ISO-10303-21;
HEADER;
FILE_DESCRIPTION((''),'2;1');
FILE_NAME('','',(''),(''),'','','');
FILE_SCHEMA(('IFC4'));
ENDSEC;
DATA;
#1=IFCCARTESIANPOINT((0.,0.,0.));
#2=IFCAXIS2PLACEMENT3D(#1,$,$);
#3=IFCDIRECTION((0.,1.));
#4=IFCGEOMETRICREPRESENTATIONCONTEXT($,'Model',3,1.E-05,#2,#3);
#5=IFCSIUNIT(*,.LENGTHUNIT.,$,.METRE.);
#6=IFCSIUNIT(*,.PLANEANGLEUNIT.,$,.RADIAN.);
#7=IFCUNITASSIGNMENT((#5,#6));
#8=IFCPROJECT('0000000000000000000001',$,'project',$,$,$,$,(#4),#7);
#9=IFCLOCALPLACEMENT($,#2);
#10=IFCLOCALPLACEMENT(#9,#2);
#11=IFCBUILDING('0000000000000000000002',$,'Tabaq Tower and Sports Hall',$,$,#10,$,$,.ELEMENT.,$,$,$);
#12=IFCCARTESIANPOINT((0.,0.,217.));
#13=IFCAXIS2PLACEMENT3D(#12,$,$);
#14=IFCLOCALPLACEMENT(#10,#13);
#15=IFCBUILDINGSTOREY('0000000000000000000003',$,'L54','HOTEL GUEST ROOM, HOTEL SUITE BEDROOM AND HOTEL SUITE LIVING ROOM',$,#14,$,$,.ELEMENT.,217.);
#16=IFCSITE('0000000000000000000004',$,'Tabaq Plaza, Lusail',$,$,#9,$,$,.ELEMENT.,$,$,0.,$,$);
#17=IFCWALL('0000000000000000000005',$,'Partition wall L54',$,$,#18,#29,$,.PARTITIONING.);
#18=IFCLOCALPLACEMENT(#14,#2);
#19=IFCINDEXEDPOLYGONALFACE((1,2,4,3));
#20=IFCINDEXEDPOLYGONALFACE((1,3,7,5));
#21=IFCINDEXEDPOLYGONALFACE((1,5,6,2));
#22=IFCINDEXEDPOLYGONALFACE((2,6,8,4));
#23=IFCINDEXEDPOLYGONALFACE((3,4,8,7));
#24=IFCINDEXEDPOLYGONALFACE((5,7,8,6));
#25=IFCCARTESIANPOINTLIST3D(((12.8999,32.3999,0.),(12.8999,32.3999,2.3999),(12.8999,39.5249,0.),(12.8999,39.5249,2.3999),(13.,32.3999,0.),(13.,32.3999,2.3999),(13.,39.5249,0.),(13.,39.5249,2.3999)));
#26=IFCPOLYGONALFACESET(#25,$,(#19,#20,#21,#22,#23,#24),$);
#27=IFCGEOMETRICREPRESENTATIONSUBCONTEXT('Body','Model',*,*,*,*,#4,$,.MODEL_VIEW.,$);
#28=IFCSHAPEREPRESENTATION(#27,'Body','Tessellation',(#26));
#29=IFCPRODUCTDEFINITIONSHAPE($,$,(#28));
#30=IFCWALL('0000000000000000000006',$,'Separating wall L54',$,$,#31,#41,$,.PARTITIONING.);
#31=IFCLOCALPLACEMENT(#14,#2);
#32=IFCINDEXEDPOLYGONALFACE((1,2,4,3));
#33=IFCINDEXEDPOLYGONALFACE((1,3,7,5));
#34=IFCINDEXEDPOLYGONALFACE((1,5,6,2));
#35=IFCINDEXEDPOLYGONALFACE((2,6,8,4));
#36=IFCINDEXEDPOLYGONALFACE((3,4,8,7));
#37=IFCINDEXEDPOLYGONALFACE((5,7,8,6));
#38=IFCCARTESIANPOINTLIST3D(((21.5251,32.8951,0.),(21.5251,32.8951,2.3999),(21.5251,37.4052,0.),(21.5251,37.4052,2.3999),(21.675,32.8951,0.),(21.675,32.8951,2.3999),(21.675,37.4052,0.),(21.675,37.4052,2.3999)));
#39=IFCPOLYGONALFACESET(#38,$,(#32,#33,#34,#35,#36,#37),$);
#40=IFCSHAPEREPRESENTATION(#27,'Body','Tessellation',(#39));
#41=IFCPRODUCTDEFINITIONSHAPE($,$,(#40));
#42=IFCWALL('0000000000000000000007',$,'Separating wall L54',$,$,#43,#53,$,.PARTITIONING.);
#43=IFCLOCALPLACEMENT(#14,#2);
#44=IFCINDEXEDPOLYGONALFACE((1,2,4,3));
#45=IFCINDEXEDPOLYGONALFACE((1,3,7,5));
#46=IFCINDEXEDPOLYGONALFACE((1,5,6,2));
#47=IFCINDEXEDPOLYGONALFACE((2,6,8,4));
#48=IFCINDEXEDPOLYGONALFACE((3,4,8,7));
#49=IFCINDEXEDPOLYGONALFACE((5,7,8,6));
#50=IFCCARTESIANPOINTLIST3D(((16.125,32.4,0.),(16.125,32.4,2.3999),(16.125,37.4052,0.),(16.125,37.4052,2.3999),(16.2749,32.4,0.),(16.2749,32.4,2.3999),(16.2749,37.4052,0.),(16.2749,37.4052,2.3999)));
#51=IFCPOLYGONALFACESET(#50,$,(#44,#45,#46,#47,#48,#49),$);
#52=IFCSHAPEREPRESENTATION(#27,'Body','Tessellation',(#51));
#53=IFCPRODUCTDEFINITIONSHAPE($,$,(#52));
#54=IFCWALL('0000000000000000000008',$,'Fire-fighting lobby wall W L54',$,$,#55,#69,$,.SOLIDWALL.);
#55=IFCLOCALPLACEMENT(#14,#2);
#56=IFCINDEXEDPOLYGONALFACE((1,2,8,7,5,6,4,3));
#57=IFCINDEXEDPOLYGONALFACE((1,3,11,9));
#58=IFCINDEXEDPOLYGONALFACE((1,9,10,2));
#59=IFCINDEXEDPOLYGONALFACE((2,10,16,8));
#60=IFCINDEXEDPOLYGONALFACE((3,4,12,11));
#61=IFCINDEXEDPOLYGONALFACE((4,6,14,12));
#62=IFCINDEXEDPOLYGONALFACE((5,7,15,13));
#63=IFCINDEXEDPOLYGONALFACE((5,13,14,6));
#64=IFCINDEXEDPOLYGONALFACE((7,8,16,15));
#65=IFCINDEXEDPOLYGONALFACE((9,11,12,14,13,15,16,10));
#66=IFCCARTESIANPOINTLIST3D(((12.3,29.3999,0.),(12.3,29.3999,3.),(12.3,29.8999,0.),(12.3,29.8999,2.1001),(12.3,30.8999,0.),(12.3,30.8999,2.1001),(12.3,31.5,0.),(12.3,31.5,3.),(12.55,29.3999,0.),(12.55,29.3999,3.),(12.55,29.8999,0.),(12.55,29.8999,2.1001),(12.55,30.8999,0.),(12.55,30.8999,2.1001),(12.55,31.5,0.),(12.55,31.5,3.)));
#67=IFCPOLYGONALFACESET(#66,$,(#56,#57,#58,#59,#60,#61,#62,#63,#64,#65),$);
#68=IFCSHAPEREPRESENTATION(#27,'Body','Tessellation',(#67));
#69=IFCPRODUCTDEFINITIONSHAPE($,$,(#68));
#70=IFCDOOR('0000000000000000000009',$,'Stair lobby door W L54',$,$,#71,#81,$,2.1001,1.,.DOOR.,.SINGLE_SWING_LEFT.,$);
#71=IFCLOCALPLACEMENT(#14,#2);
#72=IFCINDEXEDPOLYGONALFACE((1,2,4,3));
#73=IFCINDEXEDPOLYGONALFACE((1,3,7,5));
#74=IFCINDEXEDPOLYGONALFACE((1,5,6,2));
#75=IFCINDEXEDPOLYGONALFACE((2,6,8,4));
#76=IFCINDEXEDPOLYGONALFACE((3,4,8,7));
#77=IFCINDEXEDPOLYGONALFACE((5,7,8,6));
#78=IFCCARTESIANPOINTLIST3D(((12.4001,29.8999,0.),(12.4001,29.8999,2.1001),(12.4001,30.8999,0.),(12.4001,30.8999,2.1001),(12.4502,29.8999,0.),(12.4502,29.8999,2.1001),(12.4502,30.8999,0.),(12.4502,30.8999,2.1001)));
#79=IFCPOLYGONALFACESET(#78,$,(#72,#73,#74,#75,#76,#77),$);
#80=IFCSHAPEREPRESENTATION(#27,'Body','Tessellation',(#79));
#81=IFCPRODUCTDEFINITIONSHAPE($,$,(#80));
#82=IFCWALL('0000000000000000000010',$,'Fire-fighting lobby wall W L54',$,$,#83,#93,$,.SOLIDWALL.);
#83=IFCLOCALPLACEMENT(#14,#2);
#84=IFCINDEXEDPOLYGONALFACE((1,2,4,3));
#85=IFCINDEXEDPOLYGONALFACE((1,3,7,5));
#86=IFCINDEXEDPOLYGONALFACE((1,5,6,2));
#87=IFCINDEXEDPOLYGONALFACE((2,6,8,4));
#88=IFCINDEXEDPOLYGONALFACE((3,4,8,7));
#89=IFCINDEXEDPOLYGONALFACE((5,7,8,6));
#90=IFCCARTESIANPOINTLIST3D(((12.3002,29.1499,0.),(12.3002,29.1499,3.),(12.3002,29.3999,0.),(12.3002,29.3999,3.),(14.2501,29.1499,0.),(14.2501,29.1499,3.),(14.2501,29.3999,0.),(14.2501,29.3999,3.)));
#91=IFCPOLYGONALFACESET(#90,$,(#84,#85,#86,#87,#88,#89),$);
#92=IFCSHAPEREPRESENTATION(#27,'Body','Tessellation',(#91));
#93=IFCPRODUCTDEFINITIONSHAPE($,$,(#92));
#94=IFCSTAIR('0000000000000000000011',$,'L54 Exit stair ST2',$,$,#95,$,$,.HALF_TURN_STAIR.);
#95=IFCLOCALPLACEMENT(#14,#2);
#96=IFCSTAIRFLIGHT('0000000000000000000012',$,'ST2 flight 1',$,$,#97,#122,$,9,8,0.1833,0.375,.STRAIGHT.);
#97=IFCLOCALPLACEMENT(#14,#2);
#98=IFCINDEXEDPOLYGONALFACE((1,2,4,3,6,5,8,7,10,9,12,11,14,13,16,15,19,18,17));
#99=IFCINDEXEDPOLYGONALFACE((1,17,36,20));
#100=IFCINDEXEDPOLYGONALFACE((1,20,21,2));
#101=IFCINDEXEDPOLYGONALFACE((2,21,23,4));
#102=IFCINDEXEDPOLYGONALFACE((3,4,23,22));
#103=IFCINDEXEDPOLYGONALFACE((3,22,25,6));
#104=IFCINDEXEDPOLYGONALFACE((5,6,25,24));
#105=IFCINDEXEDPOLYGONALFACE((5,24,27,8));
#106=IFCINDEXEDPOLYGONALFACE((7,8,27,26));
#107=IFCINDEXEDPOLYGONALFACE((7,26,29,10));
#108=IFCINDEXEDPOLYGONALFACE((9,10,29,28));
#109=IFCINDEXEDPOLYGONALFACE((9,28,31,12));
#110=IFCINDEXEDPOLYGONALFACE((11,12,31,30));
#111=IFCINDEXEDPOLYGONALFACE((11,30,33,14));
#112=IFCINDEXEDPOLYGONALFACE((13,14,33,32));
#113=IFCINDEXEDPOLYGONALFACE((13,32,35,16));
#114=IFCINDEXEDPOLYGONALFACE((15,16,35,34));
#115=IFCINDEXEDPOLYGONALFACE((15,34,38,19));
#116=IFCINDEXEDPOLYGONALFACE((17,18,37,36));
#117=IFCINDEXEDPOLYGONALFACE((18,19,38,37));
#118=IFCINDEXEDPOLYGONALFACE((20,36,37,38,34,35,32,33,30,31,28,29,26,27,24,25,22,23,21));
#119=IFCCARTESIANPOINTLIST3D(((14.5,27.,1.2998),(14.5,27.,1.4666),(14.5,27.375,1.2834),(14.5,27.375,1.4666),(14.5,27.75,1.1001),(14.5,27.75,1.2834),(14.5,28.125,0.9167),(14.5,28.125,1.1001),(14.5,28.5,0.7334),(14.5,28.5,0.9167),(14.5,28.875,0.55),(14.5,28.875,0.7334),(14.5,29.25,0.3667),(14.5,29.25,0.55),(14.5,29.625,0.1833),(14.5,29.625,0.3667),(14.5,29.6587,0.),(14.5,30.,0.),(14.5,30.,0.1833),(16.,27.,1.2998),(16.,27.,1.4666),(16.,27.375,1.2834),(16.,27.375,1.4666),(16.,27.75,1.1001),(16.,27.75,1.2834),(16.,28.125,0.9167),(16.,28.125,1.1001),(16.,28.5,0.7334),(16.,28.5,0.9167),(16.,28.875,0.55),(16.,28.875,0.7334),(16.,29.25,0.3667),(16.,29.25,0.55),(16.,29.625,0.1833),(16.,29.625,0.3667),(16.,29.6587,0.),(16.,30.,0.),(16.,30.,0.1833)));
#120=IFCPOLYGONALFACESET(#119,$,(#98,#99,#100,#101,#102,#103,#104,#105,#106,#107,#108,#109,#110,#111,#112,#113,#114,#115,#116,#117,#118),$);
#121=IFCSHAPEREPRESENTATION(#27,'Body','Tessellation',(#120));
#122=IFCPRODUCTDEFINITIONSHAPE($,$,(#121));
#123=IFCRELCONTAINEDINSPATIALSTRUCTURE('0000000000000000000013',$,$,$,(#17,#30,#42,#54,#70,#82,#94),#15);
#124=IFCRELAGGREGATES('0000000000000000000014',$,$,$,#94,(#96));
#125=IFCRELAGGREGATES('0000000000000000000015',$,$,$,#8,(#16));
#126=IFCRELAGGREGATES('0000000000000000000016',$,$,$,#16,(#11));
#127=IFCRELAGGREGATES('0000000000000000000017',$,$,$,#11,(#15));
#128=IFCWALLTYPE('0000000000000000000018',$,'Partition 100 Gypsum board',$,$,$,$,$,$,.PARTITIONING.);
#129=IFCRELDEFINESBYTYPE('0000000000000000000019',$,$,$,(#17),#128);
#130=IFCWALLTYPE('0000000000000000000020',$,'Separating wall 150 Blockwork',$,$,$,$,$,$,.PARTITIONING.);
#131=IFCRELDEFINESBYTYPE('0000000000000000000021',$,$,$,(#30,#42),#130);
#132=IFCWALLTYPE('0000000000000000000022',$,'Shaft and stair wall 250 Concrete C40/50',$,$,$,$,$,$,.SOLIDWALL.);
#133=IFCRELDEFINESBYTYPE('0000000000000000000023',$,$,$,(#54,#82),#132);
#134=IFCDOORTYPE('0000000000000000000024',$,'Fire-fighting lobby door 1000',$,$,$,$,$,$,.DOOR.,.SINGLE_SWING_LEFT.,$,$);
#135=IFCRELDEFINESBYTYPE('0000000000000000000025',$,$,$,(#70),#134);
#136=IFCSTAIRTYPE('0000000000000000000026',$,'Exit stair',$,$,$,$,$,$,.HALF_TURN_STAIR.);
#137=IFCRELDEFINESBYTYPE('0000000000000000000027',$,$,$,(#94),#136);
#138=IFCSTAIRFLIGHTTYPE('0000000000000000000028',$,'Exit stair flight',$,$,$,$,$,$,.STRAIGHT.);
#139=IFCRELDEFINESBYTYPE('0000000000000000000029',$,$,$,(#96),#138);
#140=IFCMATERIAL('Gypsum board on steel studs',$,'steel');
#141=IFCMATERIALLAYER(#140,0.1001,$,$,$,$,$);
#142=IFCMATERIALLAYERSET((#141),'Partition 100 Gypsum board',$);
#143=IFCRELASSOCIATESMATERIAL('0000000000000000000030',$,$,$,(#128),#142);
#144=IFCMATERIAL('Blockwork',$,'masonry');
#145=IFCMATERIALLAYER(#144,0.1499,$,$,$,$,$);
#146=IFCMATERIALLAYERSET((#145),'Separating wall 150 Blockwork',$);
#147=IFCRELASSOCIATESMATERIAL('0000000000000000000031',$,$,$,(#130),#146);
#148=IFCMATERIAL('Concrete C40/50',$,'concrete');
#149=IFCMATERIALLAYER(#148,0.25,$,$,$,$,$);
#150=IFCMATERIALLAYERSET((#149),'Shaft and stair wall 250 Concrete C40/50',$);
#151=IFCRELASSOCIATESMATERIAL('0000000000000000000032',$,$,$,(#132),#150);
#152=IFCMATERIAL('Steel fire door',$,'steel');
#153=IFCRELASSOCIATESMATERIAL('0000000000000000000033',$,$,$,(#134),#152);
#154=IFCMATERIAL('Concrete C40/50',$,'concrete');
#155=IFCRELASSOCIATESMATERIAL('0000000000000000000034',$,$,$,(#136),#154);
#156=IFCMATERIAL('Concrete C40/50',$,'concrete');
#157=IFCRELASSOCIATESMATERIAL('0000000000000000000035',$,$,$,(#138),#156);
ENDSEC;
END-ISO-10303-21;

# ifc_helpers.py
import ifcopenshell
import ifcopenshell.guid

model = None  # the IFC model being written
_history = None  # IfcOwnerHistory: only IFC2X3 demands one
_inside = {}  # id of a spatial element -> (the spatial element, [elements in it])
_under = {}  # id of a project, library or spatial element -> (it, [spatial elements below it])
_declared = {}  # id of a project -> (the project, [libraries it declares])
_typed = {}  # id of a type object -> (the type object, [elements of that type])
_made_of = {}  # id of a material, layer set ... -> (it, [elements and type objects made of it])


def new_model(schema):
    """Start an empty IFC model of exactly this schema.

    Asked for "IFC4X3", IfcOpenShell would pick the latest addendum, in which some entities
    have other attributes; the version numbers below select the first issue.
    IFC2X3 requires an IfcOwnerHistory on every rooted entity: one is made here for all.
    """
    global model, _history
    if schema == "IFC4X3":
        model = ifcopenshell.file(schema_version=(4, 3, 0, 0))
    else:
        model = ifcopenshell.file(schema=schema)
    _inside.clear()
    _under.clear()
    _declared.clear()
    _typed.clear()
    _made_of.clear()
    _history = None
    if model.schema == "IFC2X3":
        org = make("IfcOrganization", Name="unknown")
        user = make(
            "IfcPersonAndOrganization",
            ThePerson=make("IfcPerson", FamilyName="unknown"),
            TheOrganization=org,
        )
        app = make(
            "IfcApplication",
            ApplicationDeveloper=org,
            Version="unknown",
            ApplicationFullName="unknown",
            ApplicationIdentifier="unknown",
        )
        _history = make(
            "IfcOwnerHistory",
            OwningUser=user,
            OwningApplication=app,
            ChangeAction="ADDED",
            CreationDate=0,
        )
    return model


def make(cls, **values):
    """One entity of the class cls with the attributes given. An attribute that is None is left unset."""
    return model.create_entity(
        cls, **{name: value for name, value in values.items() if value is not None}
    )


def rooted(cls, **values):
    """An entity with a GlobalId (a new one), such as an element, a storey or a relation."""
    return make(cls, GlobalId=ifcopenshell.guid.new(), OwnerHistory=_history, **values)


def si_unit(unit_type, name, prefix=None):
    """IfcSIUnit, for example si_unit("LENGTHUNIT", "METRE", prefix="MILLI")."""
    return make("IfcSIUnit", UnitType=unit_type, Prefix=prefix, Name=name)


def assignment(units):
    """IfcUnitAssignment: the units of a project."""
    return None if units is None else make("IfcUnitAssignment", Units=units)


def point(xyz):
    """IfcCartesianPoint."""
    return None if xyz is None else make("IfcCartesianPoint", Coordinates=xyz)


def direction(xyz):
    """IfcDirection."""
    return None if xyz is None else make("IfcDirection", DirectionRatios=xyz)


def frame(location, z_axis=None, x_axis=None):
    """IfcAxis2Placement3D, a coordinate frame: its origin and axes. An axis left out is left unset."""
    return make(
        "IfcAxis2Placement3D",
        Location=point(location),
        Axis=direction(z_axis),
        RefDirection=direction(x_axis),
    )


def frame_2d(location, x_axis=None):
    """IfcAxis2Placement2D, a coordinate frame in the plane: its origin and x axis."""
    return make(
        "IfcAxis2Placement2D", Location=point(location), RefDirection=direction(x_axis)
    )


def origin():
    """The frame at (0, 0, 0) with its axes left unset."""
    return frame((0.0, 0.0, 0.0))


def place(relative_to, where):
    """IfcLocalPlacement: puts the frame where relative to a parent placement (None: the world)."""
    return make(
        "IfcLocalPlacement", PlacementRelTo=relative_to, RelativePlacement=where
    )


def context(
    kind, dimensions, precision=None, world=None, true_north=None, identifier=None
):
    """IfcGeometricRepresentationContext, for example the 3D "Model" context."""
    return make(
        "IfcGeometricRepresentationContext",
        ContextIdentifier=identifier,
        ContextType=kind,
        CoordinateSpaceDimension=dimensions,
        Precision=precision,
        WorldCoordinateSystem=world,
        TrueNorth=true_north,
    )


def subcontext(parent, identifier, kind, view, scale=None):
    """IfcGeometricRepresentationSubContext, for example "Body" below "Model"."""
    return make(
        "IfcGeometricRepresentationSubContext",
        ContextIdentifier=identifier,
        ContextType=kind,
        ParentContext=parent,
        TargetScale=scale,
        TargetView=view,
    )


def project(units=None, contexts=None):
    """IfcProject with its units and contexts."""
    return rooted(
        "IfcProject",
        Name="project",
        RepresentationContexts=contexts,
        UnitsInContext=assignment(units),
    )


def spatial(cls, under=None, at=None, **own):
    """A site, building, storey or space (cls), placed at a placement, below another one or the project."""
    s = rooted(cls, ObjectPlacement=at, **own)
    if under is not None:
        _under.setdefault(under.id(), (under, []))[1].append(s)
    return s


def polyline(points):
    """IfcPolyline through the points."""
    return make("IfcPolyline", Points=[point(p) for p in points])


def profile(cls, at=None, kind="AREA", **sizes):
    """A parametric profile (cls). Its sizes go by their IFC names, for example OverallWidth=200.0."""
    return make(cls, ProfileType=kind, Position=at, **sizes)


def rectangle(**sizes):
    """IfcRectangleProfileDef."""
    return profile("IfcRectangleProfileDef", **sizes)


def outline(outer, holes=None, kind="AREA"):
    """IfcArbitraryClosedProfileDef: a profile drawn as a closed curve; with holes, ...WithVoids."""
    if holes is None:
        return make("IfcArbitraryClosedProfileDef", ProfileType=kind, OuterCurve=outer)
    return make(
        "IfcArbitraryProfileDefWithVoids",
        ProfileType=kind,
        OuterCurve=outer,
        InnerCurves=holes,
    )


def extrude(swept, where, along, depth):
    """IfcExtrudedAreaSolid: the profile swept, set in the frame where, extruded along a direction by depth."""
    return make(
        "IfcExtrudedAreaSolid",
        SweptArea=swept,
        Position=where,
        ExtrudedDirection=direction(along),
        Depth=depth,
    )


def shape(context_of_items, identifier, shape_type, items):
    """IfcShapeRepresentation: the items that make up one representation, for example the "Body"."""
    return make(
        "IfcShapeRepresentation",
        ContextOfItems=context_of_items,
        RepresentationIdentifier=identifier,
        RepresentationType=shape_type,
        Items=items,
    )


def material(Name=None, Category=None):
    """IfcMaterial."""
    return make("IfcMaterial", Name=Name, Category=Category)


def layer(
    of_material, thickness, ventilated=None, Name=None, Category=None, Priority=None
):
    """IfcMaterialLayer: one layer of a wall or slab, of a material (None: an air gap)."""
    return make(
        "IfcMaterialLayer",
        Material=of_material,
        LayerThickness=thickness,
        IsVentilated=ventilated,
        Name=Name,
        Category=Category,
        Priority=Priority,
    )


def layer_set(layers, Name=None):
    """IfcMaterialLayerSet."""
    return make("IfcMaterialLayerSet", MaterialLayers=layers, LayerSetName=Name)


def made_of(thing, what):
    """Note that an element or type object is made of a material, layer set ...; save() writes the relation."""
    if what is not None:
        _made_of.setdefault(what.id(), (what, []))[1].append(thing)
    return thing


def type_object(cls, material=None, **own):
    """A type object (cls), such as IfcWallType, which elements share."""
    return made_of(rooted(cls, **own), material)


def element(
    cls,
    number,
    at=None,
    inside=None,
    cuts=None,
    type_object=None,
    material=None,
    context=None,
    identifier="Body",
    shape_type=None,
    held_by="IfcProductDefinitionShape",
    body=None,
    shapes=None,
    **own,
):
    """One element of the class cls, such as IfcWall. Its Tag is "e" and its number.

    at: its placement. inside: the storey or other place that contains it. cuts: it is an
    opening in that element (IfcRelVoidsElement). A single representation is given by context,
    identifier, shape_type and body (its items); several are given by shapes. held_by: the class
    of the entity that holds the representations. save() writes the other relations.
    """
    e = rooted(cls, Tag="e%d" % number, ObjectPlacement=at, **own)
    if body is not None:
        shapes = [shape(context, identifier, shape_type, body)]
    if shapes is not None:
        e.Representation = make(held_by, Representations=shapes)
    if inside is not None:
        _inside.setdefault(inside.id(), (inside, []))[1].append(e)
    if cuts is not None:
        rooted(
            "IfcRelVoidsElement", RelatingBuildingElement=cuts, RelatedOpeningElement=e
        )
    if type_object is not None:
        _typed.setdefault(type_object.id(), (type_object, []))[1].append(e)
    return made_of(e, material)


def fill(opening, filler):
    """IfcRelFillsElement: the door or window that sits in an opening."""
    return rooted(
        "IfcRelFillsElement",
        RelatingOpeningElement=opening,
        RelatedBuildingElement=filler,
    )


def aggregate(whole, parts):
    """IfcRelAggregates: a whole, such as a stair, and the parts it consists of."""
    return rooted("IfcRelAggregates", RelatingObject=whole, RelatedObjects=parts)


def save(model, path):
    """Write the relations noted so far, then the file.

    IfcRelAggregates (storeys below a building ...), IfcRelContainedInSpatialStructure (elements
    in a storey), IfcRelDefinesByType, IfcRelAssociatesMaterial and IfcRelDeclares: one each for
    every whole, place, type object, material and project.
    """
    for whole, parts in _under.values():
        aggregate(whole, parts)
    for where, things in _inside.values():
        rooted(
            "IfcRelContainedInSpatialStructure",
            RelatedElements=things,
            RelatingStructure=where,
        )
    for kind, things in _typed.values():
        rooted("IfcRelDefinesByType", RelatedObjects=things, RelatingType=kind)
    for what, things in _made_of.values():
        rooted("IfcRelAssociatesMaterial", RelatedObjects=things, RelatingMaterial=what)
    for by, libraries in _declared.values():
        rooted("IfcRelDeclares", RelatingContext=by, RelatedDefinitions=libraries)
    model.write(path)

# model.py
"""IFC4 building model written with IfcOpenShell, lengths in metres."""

from ifc_helpers import new_model, si_unit, direction, frame, frame_2d, origin, place, context, subcontext, project, spatial, polyline, rectangle, outline, extrude, material, layer, layer_set, type_object, element, fill, aggregate, save


model = new_model("IFC4")

# Units and contexts
model_context = context("Model", 3, precision=1e-05, world=origin(), true_north=direction((0.0, 1.0)))
body_context = subcontext(model_context, "Body", "Model", "MODEL_VIEW")
ifc_project = project(units=[si_unit("LENGTHUNIT", "METRE"), si_unit("PLANEANGLEUNIT", "RADIAN")], contexts=[model_context])

# Site, building, storey
site_placement = place(None, origin())
site = spatial("IfcSite", under=ifc_project, at=site_placement, Name="Tabaq Plaza, Lusail", CompositionType="ELEMENT", RefElevation=0.0)
building_placement = place(site_placement, origin())
building = spatial("IfcBuilding", under=site, at=building_placement, Name="Tabaq Tower and Sports Hall", CompositionType="ELEMENT")
storey_placement = place(building_placement, frame((0.0, 0.0, 217.0)))
storey = spatial("IfcBuildingStorey", under=building, at=storey_placement, Name="L54", Description="HOTEL GUEST ROOM, HOTEL SUITE BEDROOM AND HOTEL SUITE LIVING ROOM", CompositionType="ELEMENT", Elevation=217.0)

# Shared definitions
ifc_material_1 = material(Name="Gypsum board on steel studs", Category="steel")
ifc_layer_1 = layer(ifc_material_1, 0.1001)
ifc_layer_set_1 = layer_set([ifc_layer_1], Name="Partition 100 Gypsum board")
wall_type_1 = type_object("IfcWallType", Name="Partition 100 Gypsum board", PredefinedType="PARTITIONING", material=ifc_layer_set_1)

# Walls
wall_1_placement = place(storey_placement, frame((12.95, 32.3999, 0.0), z_axis=(0.0, 0.0, 1.0), x_axis=(0.0, 1.0, 0.0)))
element("IfcWall", 1, at=wall_1_placement, inside=storey, type_object=wall_type_1, Name="Partition wall L54", PredefinedType="PARTITIONING", context=body_context, shape_type="SweptSolid", body=[
    extrude(rectangle(XDim=7.125, YDim=0.1001, at=frame_2d((3.5625, 0.0))), origin(), (0.0, 0.0, 1.0), 2.3999),
])
ifc_material_2 = material(Name="Blockwork", Category="masonry")
ifc_layer_2 = layer(ifc_material_2, 0.1499)
ifc_layer_set_2 = layer_set([ifc_layer_2], Name="Separating wall 150 Blockwork")
wall_type_2 = type_object("IfcWallType", Name="Separating wall 150 Blockwork", PredefinedType="PARTITIONING", material=ifc_layer_set_2)
wall_2_placement = place(storey_placement, frame((21.6001, 37.405, 0.0), z_axis=(0.0, 0.0, 1.0), x_axis=(0.0, -1.0, 0.0)))
element("IfcWall", 2, at=wall_2_placement, inside=storey, type_object=wall_type_2, Name="Separating wall L54", PredefinedType="PARTITIONING", context=body_context, shape_type="SweptSolid", body=[
    extrude(rectangle(XDim=4.51, YDim=0.1499, at=frame_2d((2.2549, 0.0))), origin(), (0.0, 0.0, 1.0), 2.3999),
])
wall_3_placement = place(storey_placement, frame((16.2, 37.405, 0.0), z_axis=(0.0, 0.0, 1.0), x_axis=(0.0, -1.0, 0.0)))
element("IfcWall", 3, at=wall_3_placement, inside=storey, type_object=wall_type_2, Name="Separating wall L54", PredefinedType="PARTITIONING", context=body_context, shape_type="SweptSolid", body=[
    extrude(rectangle(XDim=5.0051, YDim=0.1499, at=frame_2d((2.5024, 0.0))), origin(), (0.0, 0.0, 1.0), 2.3999),
])

# Wall, opening, door
ifc_material_3 = material(Name="Concrete C40/50", Category="concrete")
ifc_layer_3 = layer(ifc_material_3, 0.25)
ifc_layer_set_3 = layer_set([ifc_layer_3], Name="Shaft and stair wall 250 Concrete C40/50")
wall_type_3 = type_object("IfcWallType", Name="Shaft and stair wall 250 Concrete C40/50", PredefinedType="SOLIDWALL", material=ifc_layer_set_3)
wall_4_placement = place(storey_placement, frame((12.425, 29.3999, 0.0), z_axis=(0.0, 0.0, 1.0), x_axis=(0.0, 1.0, 0.0)))
wall_4 = element("IfcWall", 4, at=wall_4_placement, inside=storey, type_object=wall_type_3, Name="Fire-fighting lobby wall W L54", PredefinedType="SOLIDWALL", context=body_context, shape_type="SweptSolid", body=[
    extrude(rectangle(XDim=2.1001, YDim=0.25, at=frame_2d((1.05, 0.0))), origin(), (0.0, 0.0, 1.0), 3.0),
])
opening_1_placement = place(wall_4_placement, frame((0.5, 0.0, 0.0)))
opening_1 = element("IfcOpeningElement", 5, at=opening_1_placement, cuts=wall_4, PredefinedType="OPENING", context=body_context, shape_type="SweptSolid", body=[
    extrude(rectangle(XDim=1.0, YDim=2.1001, at=frame_2d((0.5, 1.05))), frame((0.0, 0.125, 0.0), z_axis=(0.0, -1.0, 0.0), x_axis=(1.0, 0.0, 0.0)), (0.0, 0.0, 1.0), 0.25),
])
ifc_material_4 = material(Name="Steel fire door", Category="steel")
door_type_1 = type_object("IfcDoorType", Name="Fire-fighting lobby door 1000", OperationType="SINGLE_SWING_LEFT", PredefinedType="DOOR", material=ifc_material_4)
door_1_placement = place(opening_1_placement, origin())
door_1 = element("IfcDoor", 6, at=door_1_placement, inside=storey, type_object=door_type_1, Name="Stair lobby door W L54", OperationType="SINGLE_SWING_LEFT", OverallHeight=2.1001, OverallWidth=1.0, PredefinedType="DOOR", context=body_context, shape_type="SweptSolid", body=[
    extrude(rectangle(XDim=1.0, YDim=2.1001, at=frame_2d((0.5, 1.05))), frame((0.0, 0.0249, 0.0), z_axis=(0.0, -1.0, 0.0), x_axis=(1.0, 0.0, 0.0)), (0.0, 0.0, 1.0), 0.05),
])
fill(opening_1, door_1)

# Wall
wall_5_placement = place(storey_placement, frame((12.3, 29.2749, 0.0), z_axis=(0.0, 0.0, 1.0), x_axis=(1.0, 0.0, 0.0)))
element("IfcWall", 7, at=wall_5_placement, inside=storey, type_object=wall_type_3, Name="Fire-fighting lobby wall W L54", PredefinedType="SOLIDWALL", context=body_context, shape_type="SweptSolid", body=[
    extrude(rectangle(XDim=1.95, YDim=0.25, at=frame_2d((0.9751, 0.0))), origin(), (0.0, 0.0, 1.0), 3.0),
])

# Stair, stair flight
ifc_material_5 = material(Name="Concrete C40/50", Category="concrete")
stair_type = type_object("IfcStairType", Name="Exit stair", PredefinedType="HALF_TURN_STAIR", material=ifc_material_5)
stair_placement = place(storey_placement, origin())
stair = element("IfcStair", 8, at=stair_placement, inside=storey, type_object=stair_type, Name="L54 Exit stair ST2", PredefinedType="HALF_TURN_STAIR")
ifc_material_6 = material(Name="Concrete C40/50", Category="concrete")
stair_flight_type = type_object("IfcStairFlightType", Name="Exit stair flight", PredefinedType="STRAIGHT", material=ifc_material_6)
stair_flight_placement = place(storey_placement, frame((15.25, 30.0, 0.0), z_axis=(0.0, 0.0, 1.0), x_axis=(0.0, -1.0, 0.0)))
stair_flight = element("IfcStairFlight", 9, at=stair_flight_placement, type_object=stair_flight_type, Name="ST2 flight 1", NumberOfRisers=9, NumberOfTreads=8, PredefinedType="STRAIGHT", RiserHeight=0.1833, TreadLength=0.375, context=body_context, shape_type="SweptSolid", body=[
    extrude(outline(polyline([(0.0, 0.0), (0.0, 0.1833), (0.375, 0.1833), (0.375, 0.3667), (0.75, 0.3667), (0.75, 0.55), (1.125, 0.55), (1.125, 0.7334), (1.5, 0.7334), (1.5, 0.9167), (1.875, 0.9167), (1.875, 1.1001), (2.25, 1.1001), (2.25, 1.2834), (2.625, 1.2834), (2.625, 1.4666), (3.0, 1.4666), (3.0, 1.6499), (3.0, 1.2998), (0.3413, 0.0), (0.0, 0.0)])), frame((0.0, 0.75, 0.0), z_axis=(0.0, -1.0, 0.0), x_axis=(1.0, 0.0, 0.0)), (0.0, 0.0, 1.0), 1.5),
])
aggregate(stair, [stair_flight])

save(model, "model.ifc")
